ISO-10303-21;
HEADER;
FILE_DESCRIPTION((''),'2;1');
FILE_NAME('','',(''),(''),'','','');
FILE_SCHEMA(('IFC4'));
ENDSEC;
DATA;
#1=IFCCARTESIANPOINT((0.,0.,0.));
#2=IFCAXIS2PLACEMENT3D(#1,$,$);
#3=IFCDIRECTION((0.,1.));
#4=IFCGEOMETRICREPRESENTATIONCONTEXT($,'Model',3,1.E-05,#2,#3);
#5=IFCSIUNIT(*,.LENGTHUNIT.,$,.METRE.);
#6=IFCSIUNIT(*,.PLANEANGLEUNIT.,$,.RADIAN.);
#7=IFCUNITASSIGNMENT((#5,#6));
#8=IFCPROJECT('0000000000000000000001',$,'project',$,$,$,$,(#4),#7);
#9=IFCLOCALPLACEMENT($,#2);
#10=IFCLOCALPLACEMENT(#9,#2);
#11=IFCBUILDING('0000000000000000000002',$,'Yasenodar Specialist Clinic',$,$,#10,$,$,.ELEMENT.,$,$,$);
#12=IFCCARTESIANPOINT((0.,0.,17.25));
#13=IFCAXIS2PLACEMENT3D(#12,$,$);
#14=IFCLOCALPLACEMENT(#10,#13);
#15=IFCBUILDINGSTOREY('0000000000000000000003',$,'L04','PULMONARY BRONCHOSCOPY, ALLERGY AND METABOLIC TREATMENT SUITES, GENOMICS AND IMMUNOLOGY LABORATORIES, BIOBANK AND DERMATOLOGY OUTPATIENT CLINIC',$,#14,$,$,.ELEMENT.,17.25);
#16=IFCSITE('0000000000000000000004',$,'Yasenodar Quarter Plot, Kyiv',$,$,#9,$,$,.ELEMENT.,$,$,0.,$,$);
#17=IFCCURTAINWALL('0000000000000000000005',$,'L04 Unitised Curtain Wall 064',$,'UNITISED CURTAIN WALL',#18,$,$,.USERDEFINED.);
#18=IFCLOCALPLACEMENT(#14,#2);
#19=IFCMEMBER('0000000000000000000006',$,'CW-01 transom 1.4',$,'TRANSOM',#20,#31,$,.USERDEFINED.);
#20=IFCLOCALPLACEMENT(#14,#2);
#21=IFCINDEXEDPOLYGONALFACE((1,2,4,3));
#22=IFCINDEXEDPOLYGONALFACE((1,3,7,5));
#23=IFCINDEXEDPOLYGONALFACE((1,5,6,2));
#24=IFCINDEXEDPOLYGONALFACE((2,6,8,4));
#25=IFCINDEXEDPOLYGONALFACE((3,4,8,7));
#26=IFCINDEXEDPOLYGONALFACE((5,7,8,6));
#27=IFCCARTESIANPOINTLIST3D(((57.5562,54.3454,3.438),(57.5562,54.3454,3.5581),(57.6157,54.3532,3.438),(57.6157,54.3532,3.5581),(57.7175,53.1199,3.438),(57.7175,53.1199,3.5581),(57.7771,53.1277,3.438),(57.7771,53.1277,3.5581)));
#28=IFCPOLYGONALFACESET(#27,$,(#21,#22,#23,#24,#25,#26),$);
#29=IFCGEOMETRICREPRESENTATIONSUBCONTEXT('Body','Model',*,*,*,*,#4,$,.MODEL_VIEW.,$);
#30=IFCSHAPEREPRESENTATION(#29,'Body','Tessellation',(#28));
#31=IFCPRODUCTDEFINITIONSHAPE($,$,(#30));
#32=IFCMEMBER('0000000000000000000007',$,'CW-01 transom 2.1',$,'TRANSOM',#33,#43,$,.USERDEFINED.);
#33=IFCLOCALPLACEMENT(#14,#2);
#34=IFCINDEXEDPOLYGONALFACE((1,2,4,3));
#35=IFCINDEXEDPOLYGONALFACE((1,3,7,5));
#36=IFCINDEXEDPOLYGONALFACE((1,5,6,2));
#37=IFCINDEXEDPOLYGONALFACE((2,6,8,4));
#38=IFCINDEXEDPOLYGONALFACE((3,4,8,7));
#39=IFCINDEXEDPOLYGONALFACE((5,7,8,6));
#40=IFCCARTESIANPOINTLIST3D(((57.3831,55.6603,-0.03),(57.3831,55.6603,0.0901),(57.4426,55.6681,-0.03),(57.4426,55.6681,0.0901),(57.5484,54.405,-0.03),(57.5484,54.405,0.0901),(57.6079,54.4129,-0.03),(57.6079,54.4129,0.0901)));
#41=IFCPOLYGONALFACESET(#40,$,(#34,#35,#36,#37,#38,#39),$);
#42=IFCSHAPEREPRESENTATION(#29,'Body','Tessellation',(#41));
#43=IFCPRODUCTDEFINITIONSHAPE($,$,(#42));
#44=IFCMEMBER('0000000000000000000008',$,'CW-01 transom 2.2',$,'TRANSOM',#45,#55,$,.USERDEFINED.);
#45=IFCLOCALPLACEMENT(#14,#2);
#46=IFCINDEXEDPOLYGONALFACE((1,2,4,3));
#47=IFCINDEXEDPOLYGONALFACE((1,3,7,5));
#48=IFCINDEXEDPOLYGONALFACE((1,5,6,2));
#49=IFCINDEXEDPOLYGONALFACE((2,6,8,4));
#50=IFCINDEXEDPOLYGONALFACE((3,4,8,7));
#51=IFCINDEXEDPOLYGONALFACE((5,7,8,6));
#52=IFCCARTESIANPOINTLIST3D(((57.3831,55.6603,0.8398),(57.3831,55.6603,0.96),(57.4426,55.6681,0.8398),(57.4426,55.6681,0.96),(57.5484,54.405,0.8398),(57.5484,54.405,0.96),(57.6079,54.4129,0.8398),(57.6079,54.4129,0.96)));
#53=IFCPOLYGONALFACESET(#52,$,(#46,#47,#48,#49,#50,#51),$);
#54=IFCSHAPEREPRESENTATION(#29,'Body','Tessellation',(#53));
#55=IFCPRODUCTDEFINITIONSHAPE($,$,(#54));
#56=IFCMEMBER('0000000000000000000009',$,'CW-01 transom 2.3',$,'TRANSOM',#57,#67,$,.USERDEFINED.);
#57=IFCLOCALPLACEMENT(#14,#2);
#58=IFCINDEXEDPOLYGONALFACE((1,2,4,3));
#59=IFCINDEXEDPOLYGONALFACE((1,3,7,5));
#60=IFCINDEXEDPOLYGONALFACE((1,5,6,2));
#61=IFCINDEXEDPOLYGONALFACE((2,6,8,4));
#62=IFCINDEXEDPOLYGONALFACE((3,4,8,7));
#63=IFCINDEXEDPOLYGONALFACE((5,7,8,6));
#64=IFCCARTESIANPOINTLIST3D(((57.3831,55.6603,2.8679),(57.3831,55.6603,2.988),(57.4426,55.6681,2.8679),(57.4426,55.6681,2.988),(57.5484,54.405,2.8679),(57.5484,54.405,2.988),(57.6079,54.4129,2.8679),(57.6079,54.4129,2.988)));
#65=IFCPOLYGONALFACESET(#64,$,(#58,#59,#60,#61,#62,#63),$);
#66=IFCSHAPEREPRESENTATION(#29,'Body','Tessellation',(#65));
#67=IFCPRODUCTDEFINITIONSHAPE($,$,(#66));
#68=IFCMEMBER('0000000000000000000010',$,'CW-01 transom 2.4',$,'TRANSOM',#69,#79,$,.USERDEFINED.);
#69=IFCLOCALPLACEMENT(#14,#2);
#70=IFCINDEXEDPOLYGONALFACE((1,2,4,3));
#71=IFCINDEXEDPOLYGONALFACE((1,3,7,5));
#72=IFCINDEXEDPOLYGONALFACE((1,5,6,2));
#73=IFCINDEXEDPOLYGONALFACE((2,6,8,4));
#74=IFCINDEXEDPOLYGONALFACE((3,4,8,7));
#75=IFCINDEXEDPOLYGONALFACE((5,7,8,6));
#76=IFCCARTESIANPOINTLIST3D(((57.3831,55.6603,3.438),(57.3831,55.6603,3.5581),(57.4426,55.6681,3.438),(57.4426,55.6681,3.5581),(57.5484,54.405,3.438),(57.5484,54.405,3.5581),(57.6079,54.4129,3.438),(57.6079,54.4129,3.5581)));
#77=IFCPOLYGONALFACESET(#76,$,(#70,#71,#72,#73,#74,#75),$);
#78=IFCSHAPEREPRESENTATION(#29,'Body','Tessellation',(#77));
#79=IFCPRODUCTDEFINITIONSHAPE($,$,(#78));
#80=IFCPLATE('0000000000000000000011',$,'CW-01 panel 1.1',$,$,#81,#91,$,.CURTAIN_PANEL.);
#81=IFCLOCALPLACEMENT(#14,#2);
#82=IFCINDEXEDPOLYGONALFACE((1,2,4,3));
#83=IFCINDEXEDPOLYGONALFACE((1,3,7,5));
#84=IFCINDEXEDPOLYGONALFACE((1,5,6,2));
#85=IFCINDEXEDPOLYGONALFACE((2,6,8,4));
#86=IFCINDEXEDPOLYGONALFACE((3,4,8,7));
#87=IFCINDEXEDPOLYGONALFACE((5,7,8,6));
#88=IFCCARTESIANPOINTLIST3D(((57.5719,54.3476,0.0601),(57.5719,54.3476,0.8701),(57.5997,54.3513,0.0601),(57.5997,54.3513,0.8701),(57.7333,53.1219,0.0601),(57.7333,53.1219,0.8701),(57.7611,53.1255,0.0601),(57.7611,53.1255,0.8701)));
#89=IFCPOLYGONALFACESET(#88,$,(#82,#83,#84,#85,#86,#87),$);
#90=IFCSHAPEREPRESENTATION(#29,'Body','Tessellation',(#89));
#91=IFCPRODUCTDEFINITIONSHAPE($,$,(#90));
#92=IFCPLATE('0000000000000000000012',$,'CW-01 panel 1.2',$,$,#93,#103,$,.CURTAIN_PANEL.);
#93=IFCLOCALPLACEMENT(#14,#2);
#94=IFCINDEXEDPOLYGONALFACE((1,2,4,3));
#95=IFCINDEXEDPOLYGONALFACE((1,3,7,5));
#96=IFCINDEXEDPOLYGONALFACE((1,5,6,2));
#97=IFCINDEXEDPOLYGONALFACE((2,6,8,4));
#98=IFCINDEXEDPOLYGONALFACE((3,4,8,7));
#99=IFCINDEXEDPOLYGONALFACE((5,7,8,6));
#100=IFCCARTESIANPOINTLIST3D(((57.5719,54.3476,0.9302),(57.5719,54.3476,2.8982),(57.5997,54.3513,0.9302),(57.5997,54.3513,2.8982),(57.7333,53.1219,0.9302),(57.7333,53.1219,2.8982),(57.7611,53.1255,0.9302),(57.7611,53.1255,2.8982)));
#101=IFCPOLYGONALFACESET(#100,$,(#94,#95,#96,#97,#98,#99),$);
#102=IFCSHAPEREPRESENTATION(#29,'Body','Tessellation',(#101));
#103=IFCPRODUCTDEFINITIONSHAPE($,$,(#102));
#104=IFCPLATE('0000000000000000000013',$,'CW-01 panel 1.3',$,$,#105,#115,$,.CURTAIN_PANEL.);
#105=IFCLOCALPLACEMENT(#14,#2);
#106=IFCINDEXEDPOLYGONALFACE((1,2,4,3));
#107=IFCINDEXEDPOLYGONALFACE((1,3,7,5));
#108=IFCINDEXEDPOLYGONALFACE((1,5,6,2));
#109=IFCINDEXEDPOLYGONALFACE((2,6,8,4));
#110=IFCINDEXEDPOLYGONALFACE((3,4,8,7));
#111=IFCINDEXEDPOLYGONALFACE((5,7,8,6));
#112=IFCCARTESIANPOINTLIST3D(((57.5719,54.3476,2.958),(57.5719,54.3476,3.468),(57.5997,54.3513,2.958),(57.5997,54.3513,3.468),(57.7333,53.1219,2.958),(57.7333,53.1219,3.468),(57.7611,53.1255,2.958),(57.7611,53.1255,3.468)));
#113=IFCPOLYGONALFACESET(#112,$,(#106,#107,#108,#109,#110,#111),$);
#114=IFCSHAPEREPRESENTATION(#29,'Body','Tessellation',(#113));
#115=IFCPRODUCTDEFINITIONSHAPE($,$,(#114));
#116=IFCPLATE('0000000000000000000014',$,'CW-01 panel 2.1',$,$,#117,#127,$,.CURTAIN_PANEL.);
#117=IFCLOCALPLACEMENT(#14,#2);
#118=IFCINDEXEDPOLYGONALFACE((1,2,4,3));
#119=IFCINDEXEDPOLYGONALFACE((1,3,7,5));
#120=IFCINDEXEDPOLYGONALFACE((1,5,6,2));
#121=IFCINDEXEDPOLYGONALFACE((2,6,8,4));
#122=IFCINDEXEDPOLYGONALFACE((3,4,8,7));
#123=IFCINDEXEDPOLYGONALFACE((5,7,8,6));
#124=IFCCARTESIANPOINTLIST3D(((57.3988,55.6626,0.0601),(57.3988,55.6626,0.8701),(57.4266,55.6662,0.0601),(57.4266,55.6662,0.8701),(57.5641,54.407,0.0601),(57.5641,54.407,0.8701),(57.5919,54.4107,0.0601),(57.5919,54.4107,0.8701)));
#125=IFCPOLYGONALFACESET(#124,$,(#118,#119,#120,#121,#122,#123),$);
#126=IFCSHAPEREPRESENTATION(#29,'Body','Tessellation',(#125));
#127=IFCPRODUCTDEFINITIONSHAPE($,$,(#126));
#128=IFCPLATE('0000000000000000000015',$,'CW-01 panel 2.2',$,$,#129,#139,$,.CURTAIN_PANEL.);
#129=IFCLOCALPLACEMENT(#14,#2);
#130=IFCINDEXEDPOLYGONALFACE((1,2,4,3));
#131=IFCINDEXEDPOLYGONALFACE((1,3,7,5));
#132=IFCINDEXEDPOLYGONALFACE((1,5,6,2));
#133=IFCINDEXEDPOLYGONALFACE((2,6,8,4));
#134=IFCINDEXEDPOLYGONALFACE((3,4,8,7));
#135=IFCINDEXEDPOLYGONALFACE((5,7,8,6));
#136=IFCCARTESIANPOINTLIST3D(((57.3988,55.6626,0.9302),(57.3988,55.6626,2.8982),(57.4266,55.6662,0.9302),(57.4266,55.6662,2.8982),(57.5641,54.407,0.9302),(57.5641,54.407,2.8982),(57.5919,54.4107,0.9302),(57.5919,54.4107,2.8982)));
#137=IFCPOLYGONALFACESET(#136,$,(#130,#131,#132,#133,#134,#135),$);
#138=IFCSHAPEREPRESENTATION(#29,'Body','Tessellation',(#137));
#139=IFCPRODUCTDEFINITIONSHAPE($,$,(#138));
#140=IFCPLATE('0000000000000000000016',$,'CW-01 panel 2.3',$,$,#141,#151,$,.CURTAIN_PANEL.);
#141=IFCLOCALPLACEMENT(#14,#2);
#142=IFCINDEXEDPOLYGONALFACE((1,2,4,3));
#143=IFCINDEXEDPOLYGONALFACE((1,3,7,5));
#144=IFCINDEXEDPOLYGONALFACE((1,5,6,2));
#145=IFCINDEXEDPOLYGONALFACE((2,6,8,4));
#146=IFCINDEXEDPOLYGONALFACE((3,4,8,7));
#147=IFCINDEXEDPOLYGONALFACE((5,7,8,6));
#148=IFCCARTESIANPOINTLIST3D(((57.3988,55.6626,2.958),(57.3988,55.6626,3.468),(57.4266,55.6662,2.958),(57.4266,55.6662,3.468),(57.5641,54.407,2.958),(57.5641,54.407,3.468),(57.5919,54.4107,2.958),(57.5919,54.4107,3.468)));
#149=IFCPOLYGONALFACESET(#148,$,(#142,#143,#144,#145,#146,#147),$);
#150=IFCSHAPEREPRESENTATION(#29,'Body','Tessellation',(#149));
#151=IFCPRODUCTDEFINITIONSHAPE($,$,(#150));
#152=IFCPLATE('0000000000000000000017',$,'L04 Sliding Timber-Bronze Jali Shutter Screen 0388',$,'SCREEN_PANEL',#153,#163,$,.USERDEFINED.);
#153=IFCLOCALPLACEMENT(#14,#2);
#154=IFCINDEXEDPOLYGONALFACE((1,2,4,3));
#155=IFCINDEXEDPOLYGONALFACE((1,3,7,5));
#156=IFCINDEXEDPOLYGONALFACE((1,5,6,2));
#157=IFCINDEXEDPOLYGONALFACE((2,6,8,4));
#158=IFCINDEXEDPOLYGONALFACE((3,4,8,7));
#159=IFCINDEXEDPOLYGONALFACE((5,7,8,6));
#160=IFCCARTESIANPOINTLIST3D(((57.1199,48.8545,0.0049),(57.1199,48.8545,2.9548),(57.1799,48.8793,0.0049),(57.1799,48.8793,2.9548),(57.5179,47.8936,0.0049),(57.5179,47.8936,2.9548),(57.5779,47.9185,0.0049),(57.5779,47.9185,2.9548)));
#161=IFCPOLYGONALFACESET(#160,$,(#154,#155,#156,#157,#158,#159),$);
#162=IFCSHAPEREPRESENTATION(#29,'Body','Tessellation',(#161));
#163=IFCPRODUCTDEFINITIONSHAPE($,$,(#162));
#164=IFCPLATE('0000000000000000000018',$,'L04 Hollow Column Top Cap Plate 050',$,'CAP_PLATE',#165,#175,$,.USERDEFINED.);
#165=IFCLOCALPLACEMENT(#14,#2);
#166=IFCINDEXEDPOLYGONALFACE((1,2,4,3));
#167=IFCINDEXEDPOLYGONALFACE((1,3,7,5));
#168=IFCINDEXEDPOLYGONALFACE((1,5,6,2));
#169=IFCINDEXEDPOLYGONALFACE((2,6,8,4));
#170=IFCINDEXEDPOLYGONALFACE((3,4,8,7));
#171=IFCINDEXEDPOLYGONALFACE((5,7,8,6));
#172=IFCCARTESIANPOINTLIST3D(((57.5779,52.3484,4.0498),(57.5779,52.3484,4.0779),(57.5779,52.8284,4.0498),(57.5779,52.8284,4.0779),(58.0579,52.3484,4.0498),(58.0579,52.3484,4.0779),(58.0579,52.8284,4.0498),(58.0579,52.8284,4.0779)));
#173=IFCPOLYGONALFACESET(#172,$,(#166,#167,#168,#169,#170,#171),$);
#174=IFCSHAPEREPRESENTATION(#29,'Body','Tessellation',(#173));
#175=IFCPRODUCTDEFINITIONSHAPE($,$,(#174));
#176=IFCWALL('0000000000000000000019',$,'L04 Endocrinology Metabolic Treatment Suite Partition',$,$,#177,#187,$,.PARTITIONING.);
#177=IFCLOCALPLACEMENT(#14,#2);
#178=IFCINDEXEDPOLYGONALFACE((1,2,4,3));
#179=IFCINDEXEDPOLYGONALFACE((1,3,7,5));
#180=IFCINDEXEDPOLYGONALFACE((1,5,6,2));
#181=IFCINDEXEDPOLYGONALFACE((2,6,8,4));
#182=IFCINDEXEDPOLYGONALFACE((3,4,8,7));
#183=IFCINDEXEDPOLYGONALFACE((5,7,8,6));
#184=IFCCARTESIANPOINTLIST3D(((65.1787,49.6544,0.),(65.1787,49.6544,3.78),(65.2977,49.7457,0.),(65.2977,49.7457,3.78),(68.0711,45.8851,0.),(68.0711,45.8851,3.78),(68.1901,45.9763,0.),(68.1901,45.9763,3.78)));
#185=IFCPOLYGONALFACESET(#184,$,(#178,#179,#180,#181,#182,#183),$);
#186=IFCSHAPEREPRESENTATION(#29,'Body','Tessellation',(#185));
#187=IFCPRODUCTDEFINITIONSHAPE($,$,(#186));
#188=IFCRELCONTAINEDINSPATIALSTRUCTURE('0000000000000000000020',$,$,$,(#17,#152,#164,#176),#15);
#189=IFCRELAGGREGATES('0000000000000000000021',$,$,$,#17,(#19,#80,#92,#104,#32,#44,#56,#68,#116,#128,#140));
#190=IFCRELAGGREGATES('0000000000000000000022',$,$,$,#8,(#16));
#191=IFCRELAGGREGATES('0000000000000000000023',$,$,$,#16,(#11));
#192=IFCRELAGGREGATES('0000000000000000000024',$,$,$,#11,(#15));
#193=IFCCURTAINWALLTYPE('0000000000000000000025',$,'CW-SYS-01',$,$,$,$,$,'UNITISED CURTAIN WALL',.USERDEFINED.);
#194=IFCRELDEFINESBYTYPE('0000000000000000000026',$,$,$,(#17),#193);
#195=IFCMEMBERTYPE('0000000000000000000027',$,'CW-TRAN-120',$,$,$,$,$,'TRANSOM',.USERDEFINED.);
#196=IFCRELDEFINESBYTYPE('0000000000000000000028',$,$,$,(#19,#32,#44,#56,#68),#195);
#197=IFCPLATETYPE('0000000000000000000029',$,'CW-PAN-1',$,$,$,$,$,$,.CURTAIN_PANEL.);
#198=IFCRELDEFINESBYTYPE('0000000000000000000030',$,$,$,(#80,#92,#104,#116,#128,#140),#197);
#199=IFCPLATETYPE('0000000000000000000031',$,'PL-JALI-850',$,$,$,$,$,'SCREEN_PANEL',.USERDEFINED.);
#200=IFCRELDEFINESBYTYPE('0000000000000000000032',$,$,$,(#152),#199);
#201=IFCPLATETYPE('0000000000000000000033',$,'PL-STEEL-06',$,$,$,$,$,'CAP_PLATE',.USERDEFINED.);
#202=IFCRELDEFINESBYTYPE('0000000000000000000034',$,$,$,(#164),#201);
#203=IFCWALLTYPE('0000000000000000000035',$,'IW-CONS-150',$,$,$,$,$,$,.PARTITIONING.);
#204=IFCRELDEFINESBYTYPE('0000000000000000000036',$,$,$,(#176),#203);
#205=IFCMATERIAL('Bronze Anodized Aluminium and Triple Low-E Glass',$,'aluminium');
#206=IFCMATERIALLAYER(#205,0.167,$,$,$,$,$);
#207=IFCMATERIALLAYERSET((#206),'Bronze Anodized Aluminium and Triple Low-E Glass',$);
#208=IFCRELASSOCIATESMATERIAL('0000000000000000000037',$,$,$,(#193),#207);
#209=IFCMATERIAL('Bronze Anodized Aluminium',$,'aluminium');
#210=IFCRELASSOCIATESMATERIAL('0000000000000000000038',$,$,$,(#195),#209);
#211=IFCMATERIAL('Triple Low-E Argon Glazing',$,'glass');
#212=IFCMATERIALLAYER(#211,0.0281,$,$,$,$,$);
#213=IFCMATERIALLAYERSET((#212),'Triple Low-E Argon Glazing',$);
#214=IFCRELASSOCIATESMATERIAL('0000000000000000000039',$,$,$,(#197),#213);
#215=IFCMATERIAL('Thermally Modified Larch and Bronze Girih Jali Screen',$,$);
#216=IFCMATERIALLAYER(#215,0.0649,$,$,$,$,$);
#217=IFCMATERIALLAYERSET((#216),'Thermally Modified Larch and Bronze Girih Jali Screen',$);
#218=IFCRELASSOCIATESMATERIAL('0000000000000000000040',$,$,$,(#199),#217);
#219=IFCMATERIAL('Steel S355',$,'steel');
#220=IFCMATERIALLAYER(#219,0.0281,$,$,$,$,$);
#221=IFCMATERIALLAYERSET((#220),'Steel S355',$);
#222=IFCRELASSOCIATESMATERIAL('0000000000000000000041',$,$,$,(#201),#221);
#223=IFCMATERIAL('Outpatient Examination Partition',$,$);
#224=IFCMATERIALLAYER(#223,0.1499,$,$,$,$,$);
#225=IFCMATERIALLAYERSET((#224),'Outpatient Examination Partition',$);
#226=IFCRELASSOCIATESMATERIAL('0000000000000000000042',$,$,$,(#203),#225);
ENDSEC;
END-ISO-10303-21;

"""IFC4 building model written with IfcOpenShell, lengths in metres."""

from ifc_helpers import new_model, si_unit, direction, frame, frame_2d, origin, origin_2d, place, context, subcontext, project, spatial, rectangle, extrude, material, layer, layer_set, material_profile, profile_set, type_object, element, aggregate, save


model = new_model("IFC4")

# Units and contexts
model_context = context("Model", 3, precision=1e-05, world=origin(), true_north=direction((0.0, 1.0)))
body_context = subcontext(model_context, "Body", "Model", "MODEL_VIEW")
ifc_project = project(units=[si_unit("LENGTHUNIT", "METRE"), si_unit("PLANEANGLEUNIT", "RADIAN")], contexts=[model_context])

# Site, building, storey
site_placement = place(None, origin())
site = spatial("IfcSite", under=ifc_project, at=site_placement, Name="Yasenodar Quarter Plot, Kyiv", CompositionType="ELEMENT", RefElevation=0.0)
building_placement = place(site_placement, origin())
building = spatial("IfcBuilding", under=site, at=building_placement, Name="Yasenodar Specialist Clinic", CompositionType="ELEMENT")
storey_placement = place(building_placement, frame((0.0, 0.0, 17.25)))
storey = spatial("IfcBuildingStorey", under=building, at=storey_placement, Name="L04", Description="PULMONARY BRONCHOSCOPY, ALLERGY AND METABOLIC TREATMENT SUITES, GENOMICS AND IMMUNOLOGY LABORATORIES, BIOBANK AND DERMATOLOGY OUTPATIENT CLINIC", CompositionType="ELEMENT", Elevation=17.25)

# Shared definitions
ifc_material_1 = material(Name="Steel S355", Category="steel")

# Curtain wall, members, plates
ifc_material_2 = material(Name="Bronze Anodized Aluminium and Triple Low-E Glass", Category="aluminium")
ifc_layer_1 = layer(ifc_material_2, 0.167)
ifc_layer_set_1 = layer_set([ifc_layer_1], Name="Bronze Anodized Aluminium and Triple Low-E Glass")
curtain_wall_type = type_object("IfcCurtainWallType", Name="CW-SYS-01", ElementType="UNITISED CURTAIN WALL", PredefinedType="USERDEFINED", material=ifc_layer_set_1)
curtain_wall_placement = place(storey_placement, origin())
curtain_wall = element("IfcCurtainWall", 1, at=curtain_wall_placement, inside=storey, type_object=curtain_wall_type, Name="L04 Unitised Curtain Wall 064", ObjectType="UNITISED CURTAIN WALL", PredefinedType="USERDEFINED")
ifc_material_3 = material(Name="Bronze Anodized Aluminium", Category="aluminium")
ifc_material_profile_1 = material_profile(ifc_material_3, rectangle(XDim=0.0601, YDim=0.1201, at=origin_2d()), Name="CW-TRAN 60x120")
ifc_profile_set_1 = profile_set([ifc_material_profile_1], Name="Bronze Anodized Aluminium")
member_type_1 = type_object("IfcMemberType", Name="CW-TRAN-120", ElementType="TRANSOM", PredefinedType="USERDEFINED", material=ifc_profile_set_1)
member_1_placement = place(storey_placement, frame((57.7473, 53.1238, 3.498), z_axis=(-0.130546, 0.991442, 0.0), x_axis=(-0.991442, -0.130546, 0.0)))
member_1 = element("IfcMember", 2, at=member_1_placement, type_object=member_type_1, Name="CW-01 transom 1.4", ObjectType="TRANSOM", PredefinedType="USERDEFINED", context=body_context, shape_type="SweptSolid", body=[
    extrude(rectangle(XDim=0.0601, YDim=0.1201, at=origin_2d()), origin(), (0.0, 0.0, 1.0), 1.2361),
])
member_2_placement = place(storey_placement, frame((57.5781, 54.4089, 0.03), z_axis=(-0.130534, 0.991444, 0.0), x_axis=(-0.991444, -0.130534, 0.0)))
member_2 = element("IfcMember", 3, at=member_2_placement, type_object=member_type_1, Name="CW-01 transom 2.1", ObjectType="TRANSOM", PredefinedType="USERDEFINED", context=body_context, shape_type="SweptSolid", body=[
    extrude(rectangle(XDim=0.0601, YDim=0.1201, at=origin_2d()), origin(), (0.0, 0.0, 1.0), 1.2661),
])
member_3_placement = place(storey_placement, frame((57.5781, 54.4089, 0.8999), z_axis=(-0.130534, 0.991444, 0.0), x_axis=(-0.991444, -0.130534, 0.0)))
member_3 = element("IfcMember", 4, at=member_3_placement, type_object=member_type_1, Name="CW-01 transom 2.2", ObjectType="TRANSOM", PredefinedType="USERDEFINED", context=body_context, shape_type="SweptSolid", body=[
    extrude(rectangle(XDim=0.0601, YDim=0.1201, at=origin_2d()), origin(), (0.0, 0.0, 1.0), 1.2661),
])
member_4_placement = place(storey_placement, frame((57.5781, 54.4089, 2.928), z_axis=(-0.130534, 0.991444, 0.0), x_axis=(-0.991444, -0.130534, 0.0)))
member_4 = element("IfcMember", 5, at=member_4_placement, type_object=member_type_1, Name="CW-01 transom 2.3", ObjectType="TRANSOM", PredefinedType="USERDEFINED", context=body_context, shape_type="SweptSolid", body=[
    extrude(rectangle(XDim=0.0601, YDim=0.1201, at=origin_2d()), origin(), (0.0, 0.0, 1.0), 1.2661),
])
member_5_placement = place(storey_placement, frame((57.5781, 54.4089, 3.498), z_axis=(-0.130534, 0.991444, 0.0), x_axis=(-0.991444, -0.130534, 0.0)))
member_5 = element("IfcMember", 6, at=member_5_placement, type_object=member_type_1, Name="CW-01 transom 2.4", ObjectType="TRANSOM", PredefinedType="USERDEFINED", context=body_context, shape_type="SweptSolid", body=[
    extrude(rectangle(XDim=0.0601, YDim=0.1201, at=origin_2d()), origin(), (0.0, 0.0, 1.0), 1.2661),
])
ifc_material_4 = material(Name="Triple Low-E Argon Glazing", Category="glass")
ifc_layer_2 = layer(ifc_material_4, 0.0281)
ifc_layer_set_2 = layer_set([ifc_layer_2], Name="Triple Low-E Argon Glazing")
plate_type_1 = type_object("IfcPlateType", Name="CW-PAN-1", PredefinedType="CURTAIN_PANEL", material=ifc_layer_set_2)
plate_1_placement = place(storey_placement, frame((57.6665, 53.7366, 0.0601), z_axis=(0.0, 0.0, 1.0), x_axis=(-0.130512, 0.991447, 0.0)))
plate_1 = element("IfcPlate", 7, at=plate_1_placement, type_object=plate_type_1, Name="CW-01 panel 1.1", PredefinedType="CURTAIN_PANEL", context=body_context, shape_type="SweptSolid", body=[
    extrude(rectangle(XDim=1.2363, YDim=0.0281, at=origin_2d()), origin(), (0.0, 0.0, 1.0), 0.8101),
])
plate_2_placement = place(storey_placement, frame((57.6665, 53.7366, 0.9302), z_axis=(0.0, 0.0, 1.0), x_axis=(-0.130512, 0.991447, 0.0)))
plate_2 = element("IfcPlate", 8, at=plate_2_placement, type_object=plate_type_1, Name="CW-01 panel 1.2", PredefinedType="CURTAIN_PANEL", context=body_context, shape_type="SweptSolid", body=[
    extrude(rectangle(XDim=1.2363, YDim=0.0281, at=origin_2d()), origin(), (0.0, 0.0, 1.0), 1.968),
])
plate_3_placement = place(storey_placement, frame((57.6665, 53.7366, 2.958), z_axis=(0.0, 0.0, 1.0), x_axis=(-0.130512, 0.991447, 0.0)))
plate_3 = element("IfcPlate", 9, at=plate_3_placement, type_object=plate_type_1, Name="CW-01 panel 1.3", PredefinedType="CURTAIN_PANEL", context=body_context, shape_type="SweptSolid", body=[
    extrude(rectangle(XDim=1.2363, YDim=0.0281, at=origin_2d()), origin(), (0.0, 0.0, 1.0), 0.51),
])
plate_4_placement = place(storey_placement, frame((57.4954, 55.0366, 0.0601), z_axis=(0.0, 0.0, 1.0), x_axis=(-0.130512, 0.991447, 0.0)))
plate_4 = element("IfcPlate", 10, at=plate_4_placement, type_object=plate_type_1, Name="CW-01 panel 2.1", PredefinedType="CURTAIN_PANEL", context=body_context, shape_type="SweptSolid", body=[
    extrude(rectangle(XDim=1.2664, YDim=0.0281, at=origin_2d()), origin(), (0.0, 0.0, 1.0), 0.8101),
])
plate_5_placement = place(storey_placement, frame((57.4954, 55.0366, 0.9302), z_axis=(0.0, 0.0, 1.0), x_axis=(-0.130512, 0.991447, 0.0)))
plate_5 = element("IfcPlate", 11, at=plate_5_placement, type_object=plate_type_1, Name="CW-01 panel 2.2", PredefinedType="CURTAIN_PANEL", context=body_context, shape_type="SweptSolid", body=[
    extrude(rectangle(XDim=1.2664, YDim=0.0281, at=origin_2d()), origin(), (0.0, 0.0, 1.0), 1.968),
])
plate_6_placement = place(storey_placement, frame((57.4954, 55.0366, 2.958), z_axis=(0.0, 0.0, 1.0), x_axis=(-0.130512, 0.991447, 0.0)))
plate_6 = element("IfcPlate", 12, at=plate_6_placement, type_object=plate_type_1, Name="CW-01 panel 2.3", PredefinedType="CURTAIN_PANEL", context=body_context, shape_type="SweptSolid", body=[
    extrude(rectangle(XDim=1.2664, YDim=0.0281, at=origin_2d()), origin(), (0.0, 0.0, 1.0), 0.51),
])
aggregate(curtain_wall, [member_1, plate_1, plate_2, plate_3, member_2, member_3, member_4, member_5, plate_4, plate_5, plate_6])

# Plates
ifc_material_5 = material(Name="Thermally Modified Larch and Bronze Girih Jali Screen")
ifc_layer_3 = layer(ifc_material_5, 0.0649)
ifc_layer_set_3 = layer_set([ifc_layer_3], Name="Thermally Modified Larch and Bronze Girih Jali Screen")
plate_type_2 = type_object("IfcPlateType", Name="PL-JALI-850", ElementType="SCREEN_PANEL", PredefinedType="USERDEFINED", material=ifc_layer_set_3)
plate_7_placement = place(storey_placement, frame((57.3489, 48.3865, 0.0049), z_axis=(0.0, 0.0, 1.0), x_axis=(0.382687, -0.923878, 0.0)))
element("IfcPlate", 13, at=plate_7_placement, inside=storey, type_object=plate_type_2, Name="L04 Sliding Timber-Bronze Jali Shutter Screen 0388", ObjectType="SCREEN_PANEL", PredefinedType="USERDEFINED", context=body_context, shape_type="SweptSolid", body=[
    extrude(rectangle(XDim=1.04, YDim=0.0649, at=origin_2d()), origin(), (0.0, 0.0, 1.0), 2.95),
])
ifc_layer_4 = layer(ifc_material_1, 0.0281)
ifc_layer_set_4 = layer_set([ifc_layer_4], Name="Steel S355")
plate_type_3 = type_object("IfcPlateType", Name="PL-STEEL-06", ElementType="CAP_PLATE", PredefinedType="USERDEFINED", material=ifc_layer_set_4)
plate_8_placement = place(storey_placement, frame((57.8179, 52.5884, 4.0498), z_axis=(0.0, 0.0, 1.0), x_axis=(1.0, 0.0, 0.0)))
element("IfcPlate", 14, at=plate_8_placement, inside=storey, type_object=plate_type_3, Name="L04 Hollow Column Top Cap Plate 050", ObjectType="CAP_PLATE", PredefinedType="USERDEFINED", context=body_context, shape_type="SweptSolid", body=[
    extrude(rectangle(XDim=0.48, YDim=0.48, at=origin_2d()), origin(), (0.0, 0.0, 1.0), 0.0281),
])

# Wall
ifc_material_6 = material(Name="Outpatient Examination Partition")
ifc_layer_5 = layer(ifc_material_6, 0.1499)
ifc_layer_set_5 = layer_set([ifc_layer_5], Name="Outpatient Examination Partition")
wall_type = type_object("IfcWallType", Name="IW-CONS-150", PredefinedType="PARTITIONING", material=ifc_layer_set_5)
for number, where, z_axis, x_axis, name in (
    (15, (65.2383, 49.7, 0.0), (0.0, 0.0, 1.0), (0.608769, -0.793347, 0.0), "L04 Endocrinology Metabolic Treatment Suite Partition"),
):
    element("IfcWall", number, at=place(storey_placement, frame(where, z_axis=z_axis, x_axis=x_axis)), inside=storey, type_object=wall_type, Name=name, PredefinedType="PARTITIONING", context=body_context, shape_type="SweptSolid", body=[
        extrude(rectangle(XDim=4.7512, YDim=0.1499, at=frame_2d((2.3755, 0.0))), origin(), (0.0, 0.0, 1.0), 3.78),
    ])

save(model, "model.ifc")
